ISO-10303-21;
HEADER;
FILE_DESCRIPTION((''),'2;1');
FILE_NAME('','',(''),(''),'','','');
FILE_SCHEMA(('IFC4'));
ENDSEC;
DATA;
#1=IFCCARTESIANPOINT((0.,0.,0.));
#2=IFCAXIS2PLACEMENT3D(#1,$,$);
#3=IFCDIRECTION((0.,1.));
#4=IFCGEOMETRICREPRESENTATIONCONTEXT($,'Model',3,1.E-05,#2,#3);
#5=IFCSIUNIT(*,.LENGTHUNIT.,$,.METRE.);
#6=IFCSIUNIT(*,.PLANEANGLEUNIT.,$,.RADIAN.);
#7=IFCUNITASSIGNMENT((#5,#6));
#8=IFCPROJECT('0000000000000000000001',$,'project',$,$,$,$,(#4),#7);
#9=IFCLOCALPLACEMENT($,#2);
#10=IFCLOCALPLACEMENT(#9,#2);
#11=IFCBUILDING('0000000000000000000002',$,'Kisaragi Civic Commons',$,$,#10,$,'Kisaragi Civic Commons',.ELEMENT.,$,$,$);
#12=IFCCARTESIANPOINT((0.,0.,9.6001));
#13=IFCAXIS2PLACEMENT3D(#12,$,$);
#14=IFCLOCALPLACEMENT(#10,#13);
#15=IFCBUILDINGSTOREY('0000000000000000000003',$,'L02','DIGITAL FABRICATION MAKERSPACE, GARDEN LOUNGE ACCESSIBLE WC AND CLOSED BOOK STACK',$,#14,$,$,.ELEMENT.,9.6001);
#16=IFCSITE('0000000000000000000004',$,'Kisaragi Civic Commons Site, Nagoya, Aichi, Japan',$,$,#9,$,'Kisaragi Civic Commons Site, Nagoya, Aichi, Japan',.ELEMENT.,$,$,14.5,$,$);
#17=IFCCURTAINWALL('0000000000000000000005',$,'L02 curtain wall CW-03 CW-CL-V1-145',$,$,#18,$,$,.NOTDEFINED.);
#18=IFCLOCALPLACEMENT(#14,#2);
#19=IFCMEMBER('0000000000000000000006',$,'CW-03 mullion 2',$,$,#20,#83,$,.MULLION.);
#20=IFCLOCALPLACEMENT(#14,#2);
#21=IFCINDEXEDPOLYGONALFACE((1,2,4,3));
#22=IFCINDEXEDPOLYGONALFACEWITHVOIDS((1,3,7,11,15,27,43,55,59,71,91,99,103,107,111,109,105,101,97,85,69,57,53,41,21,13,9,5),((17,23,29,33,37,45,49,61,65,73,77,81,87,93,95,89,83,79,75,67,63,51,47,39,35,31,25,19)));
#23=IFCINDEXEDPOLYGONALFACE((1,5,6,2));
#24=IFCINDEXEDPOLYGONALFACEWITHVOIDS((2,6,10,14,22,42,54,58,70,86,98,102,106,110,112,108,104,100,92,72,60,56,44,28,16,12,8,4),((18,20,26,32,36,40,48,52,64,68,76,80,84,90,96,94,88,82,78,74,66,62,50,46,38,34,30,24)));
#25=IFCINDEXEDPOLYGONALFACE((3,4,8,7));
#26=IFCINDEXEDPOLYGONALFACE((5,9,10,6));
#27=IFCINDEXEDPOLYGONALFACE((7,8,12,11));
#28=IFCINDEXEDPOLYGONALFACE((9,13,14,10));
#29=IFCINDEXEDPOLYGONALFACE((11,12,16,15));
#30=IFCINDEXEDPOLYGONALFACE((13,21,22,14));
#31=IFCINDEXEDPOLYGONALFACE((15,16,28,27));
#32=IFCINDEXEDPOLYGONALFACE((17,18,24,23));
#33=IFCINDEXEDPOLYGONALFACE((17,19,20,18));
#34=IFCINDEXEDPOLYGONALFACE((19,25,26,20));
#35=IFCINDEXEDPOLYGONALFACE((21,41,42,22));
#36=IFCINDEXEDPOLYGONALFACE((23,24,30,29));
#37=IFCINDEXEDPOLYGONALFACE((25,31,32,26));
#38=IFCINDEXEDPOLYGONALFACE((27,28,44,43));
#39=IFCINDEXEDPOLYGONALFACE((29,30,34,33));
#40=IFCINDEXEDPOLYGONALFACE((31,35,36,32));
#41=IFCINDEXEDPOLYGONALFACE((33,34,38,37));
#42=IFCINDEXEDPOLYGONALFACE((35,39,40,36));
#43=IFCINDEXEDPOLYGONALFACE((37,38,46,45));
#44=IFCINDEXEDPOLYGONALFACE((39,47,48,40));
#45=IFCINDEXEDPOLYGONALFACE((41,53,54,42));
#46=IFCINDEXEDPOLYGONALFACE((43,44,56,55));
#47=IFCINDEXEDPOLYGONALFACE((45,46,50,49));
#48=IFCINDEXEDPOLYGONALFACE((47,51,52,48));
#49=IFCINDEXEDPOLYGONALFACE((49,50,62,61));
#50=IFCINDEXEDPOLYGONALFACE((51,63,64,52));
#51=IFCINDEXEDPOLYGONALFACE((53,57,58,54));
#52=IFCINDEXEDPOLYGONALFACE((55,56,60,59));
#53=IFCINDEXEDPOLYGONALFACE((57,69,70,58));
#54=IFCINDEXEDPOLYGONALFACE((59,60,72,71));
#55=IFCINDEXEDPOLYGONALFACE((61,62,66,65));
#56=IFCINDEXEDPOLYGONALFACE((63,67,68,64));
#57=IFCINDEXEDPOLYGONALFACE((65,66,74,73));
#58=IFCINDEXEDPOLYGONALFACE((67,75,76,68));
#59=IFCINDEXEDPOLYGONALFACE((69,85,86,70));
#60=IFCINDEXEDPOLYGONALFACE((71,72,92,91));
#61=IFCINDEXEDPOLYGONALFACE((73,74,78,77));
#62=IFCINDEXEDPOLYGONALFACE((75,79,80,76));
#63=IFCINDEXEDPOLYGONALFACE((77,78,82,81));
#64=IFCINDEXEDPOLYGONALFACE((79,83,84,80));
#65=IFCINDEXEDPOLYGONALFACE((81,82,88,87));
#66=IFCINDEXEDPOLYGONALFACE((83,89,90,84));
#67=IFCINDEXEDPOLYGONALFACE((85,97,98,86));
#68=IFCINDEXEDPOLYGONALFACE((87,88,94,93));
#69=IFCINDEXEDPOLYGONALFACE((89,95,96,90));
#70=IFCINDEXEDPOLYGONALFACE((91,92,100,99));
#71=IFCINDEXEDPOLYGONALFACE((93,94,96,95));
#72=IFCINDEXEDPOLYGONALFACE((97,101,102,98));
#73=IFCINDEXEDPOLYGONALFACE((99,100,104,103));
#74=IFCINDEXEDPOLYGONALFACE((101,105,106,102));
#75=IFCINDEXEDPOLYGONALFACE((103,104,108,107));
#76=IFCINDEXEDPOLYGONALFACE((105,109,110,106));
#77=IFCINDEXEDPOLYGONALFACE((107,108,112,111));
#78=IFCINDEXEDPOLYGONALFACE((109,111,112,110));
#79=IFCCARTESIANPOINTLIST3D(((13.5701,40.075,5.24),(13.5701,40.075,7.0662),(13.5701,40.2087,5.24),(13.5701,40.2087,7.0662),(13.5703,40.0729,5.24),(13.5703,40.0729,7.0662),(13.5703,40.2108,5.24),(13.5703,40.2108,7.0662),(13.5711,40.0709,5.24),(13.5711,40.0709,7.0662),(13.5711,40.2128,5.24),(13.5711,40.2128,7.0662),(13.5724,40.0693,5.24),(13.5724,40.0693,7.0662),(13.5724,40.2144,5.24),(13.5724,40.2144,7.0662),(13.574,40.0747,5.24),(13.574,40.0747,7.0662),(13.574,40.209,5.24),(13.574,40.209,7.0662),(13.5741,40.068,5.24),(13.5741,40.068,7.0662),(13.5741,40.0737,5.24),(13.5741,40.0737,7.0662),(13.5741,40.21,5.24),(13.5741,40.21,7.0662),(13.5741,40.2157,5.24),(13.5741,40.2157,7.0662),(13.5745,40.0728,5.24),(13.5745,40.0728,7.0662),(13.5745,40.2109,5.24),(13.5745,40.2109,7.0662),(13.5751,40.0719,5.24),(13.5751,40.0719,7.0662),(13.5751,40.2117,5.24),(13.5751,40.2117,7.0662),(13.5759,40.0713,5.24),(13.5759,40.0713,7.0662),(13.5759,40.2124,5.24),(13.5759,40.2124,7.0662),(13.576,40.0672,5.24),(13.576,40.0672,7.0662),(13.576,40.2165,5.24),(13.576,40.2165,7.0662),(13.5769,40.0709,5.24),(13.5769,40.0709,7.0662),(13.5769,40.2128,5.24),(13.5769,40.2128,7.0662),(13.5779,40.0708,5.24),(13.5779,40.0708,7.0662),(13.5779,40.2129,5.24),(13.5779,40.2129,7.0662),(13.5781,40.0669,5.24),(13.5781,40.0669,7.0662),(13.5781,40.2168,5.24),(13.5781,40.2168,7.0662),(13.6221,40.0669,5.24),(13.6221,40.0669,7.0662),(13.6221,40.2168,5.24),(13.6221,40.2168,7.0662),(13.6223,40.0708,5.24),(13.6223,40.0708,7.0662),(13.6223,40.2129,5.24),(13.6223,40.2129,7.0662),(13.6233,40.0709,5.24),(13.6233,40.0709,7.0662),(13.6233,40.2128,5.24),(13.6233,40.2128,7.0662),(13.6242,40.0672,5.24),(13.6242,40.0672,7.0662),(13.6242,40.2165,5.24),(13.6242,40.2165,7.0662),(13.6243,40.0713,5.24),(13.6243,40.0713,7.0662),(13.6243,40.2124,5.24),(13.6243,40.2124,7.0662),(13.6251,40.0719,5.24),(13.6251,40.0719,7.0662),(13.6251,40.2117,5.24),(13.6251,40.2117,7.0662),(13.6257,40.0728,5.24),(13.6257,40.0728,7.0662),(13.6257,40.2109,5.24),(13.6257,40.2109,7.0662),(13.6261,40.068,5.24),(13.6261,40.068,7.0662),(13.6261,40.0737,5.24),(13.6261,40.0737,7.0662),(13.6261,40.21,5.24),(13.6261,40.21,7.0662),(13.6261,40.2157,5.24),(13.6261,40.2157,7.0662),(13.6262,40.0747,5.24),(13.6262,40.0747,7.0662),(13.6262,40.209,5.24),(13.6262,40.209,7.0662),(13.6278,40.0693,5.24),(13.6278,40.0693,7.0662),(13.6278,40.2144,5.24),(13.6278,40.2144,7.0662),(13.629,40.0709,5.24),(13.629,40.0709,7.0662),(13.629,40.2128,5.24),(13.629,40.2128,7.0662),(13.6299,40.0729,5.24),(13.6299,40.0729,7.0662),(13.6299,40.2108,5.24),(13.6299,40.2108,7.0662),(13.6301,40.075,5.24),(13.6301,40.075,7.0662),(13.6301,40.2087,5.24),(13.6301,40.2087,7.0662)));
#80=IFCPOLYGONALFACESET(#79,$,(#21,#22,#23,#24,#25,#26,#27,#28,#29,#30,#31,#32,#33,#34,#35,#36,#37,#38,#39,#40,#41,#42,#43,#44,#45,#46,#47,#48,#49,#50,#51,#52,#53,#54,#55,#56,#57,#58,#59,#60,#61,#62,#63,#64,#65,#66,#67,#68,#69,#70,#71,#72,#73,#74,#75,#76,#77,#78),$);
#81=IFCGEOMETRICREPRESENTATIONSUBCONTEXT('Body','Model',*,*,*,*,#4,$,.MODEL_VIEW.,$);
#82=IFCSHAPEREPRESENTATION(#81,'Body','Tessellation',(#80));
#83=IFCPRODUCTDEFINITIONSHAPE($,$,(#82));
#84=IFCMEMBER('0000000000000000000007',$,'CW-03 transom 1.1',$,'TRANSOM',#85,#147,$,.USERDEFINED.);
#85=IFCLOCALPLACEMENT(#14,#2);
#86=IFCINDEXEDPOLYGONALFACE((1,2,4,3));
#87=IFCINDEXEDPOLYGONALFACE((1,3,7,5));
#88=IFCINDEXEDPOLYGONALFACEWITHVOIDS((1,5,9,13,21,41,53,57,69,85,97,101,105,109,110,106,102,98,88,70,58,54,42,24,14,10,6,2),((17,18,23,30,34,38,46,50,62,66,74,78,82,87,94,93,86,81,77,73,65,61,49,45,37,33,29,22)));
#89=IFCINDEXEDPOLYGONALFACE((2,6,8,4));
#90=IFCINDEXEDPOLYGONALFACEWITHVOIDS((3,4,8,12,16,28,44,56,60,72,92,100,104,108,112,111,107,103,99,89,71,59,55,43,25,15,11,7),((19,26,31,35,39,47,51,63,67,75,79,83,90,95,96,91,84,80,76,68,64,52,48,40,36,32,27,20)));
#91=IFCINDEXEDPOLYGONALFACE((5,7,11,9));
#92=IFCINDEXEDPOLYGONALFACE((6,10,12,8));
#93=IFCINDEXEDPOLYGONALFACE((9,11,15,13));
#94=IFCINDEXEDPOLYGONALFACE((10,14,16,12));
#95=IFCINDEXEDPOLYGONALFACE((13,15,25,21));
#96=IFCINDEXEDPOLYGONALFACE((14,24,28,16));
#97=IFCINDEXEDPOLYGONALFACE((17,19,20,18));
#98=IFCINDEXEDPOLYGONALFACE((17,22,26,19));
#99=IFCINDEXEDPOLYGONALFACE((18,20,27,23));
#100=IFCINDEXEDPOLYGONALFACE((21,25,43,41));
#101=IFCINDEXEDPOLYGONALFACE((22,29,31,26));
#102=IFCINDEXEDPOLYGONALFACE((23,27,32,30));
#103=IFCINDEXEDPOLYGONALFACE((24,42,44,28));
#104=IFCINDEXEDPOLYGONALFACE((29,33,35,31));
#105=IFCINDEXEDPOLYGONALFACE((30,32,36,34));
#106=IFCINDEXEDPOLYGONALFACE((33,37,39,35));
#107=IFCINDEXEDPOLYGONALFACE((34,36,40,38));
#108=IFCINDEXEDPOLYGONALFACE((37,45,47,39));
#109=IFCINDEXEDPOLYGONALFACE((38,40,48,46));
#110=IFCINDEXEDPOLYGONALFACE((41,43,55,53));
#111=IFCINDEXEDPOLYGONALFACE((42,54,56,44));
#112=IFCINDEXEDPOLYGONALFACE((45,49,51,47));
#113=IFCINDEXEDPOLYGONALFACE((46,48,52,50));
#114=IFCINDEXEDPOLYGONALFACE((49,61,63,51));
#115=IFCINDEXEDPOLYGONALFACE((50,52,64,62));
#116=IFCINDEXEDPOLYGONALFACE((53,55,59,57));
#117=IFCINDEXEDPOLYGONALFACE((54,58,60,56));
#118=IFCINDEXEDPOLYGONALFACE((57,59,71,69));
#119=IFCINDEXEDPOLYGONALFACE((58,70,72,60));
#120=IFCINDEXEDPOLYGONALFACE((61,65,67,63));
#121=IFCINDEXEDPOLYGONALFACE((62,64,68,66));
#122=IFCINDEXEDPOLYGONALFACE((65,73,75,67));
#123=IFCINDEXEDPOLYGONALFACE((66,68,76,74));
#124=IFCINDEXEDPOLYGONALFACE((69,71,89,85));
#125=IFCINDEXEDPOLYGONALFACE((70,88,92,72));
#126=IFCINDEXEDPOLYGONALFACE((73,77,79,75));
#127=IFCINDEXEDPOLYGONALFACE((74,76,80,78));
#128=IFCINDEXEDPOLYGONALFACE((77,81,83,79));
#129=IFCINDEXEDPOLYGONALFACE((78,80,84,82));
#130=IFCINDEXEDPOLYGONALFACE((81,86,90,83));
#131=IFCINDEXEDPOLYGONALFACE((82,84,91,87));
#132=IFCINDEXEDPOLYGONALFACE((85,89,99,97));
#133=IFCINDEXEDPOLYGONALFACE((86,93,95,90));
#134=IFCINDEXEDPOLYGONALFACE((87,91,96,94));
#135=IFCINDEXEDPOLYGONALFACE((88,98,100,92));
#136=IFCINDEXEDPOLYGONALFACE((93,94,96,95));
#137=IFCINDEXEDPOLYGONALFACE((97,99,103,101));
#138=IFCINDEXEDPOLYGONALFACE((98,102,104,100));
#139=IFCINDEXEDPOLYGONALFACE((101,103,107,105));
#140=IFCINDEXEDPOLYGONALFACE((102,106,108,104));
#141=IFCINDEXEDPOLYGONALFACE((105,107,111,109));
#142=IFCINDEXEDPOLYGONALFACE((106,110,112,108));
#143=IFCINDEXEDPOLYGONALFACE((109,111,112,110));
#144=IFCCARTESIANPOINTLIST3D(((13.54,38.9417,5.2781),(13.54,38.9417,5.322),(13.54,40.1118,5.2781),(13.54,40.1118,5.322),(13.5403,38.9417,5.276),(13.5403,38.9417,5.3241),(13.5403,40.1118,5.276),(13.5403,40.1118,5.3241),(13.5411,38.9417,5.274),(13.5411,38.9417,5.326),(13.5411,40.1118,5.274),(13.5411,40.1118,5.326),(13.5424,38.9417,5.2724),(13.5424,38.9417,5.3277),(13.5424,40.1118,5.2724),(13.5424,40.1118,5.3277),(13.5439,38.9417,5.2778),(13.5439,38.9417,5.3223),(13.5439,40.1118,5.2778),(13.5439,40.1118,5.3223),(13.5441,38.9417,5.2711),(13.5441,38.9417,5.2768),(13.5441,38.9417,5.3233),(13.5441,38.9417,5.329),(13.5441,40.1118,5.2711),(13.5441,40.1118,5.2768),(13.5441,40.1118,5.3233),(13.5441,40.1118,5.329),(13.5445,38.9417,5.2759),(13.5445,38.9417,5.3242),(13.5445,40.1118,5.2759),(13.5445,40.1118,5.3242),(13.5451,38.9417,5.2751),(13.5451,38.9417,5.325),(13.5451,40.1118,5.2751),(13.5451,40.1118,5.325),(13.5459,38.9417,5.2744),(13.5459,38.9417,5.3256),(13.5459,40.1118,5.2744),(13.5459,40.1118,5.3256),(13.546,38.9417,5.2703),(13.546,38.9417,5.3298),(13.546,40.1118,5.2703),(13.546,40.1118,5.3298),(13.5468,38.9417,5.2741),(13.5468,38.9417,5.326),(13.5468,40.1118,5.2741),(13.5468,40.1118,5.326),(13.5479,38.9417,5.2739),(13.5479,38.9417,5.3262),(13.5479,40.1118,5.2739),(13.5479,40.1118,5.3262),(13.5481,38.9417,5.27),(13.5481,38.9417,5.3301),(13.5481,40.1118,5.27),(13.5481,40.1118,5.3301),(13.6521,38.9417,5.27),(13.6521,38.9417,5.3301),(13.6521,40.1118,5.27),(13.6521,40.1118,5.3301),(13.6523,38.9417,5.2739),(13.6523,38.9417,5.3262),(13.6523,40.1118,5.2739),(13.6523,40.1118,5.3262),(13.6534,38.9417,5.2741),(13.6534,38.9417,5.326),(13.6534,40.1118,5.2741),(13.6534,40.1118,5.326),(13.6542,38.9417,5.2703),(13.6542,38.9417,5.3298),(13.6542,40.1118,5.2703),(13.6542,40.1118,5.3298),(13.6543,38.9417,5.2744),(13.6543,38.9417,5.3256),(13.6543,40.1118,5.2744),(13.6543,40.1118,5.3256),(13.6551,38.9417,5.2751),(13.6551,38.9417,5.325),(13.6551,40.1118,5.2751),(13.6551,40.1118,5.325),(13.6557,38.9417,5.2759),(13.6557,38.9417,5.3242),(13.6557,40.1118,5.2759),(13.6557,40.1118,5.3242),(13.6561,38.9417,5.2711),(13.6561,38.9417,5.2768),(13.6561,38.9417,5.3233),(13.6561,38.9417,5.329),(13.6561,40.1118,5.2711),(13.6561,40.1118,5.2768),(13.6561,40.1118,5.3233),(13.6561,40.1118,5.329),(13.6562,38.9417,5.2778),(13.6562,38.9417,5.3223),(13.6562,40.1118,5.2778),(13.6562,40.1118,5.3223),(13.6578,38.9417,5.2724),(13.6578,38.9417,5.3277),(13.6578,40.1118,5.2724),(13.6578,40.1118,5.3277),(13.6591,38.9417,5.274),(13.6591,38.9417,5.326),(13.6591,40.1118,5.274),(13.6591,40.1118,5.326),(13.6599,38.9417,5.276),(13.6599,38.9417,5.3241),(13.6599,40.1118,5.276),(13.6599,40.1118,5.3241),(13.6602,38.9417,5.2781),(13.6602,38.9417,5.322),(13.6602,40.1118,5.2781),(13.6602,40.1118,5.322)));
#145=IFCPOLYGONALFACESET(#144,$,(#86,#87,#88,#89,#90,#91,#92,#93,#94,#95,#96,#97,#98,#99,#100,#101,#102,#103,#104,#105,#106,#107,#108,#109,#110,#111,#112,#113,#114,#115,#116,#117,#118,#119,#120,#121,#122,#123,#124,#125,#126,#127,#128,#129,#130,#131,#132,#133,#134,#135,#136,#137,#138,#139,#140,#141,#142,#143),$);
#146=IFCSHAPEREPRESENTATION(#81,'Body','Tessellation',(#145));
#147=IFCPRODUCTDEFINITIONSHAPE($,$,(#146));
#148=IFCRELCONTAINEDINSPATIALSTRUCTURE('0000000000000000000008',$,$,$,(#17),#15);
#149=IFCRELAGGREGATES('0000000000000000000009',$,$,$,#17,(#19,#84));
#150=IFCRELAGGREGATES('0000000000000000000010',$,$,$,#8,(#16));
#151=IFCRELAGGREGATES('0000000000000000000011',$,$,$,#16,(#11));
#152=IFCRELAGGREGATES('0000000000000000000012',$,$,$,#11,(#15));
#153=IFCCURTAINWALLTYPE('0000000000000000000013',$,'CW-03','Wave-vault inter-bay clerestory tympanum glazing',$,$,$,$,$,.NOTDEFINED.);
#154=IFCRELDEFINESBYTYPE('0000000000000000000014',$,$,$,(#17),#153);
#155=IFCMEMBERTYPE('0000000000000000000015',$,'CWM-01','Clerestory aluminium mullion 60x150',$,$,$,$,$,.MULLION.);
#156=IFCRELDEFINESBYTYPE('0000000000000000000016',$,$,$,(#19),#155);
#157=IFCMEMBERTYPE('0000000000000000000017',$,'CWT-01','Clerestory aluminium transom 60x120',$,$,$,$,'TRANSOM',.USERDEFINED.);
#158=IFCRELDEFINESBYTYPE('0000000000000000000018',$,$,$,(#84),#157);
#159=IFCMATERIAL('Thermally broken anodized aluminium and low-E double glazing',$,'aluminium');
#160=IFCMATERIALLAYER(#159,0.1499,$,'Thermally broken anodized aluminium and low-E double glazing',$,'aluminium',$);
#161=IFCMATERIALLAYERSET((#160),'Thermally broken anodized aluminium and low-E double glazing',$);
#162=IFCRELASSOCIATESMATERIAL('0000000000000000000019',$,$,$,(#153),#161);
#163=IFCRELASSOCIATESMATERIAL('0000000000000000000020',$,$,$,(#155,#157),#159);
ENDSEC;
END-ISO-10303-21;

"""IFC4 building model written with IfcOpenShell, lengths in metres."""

from ifc_helpers import new_model, si_unit, direction, frame, origin, origin_2d, place, context, subcontext, project, spatial, hollow_rectangle, extrude, material, layer, layer_set, material_profile, profile_set, type_object, element, aggregate, save


model = new_model("IFC4")

# Units and contexts
model_context = context("Model", 3, precision=1e-05, world=origin(), true_north=direction((0.0, 1.0)))
body_context = subcontext(model_context, "Body", "Model", "MODEL_VIEW")
ifc_project = project(units=[si_unit("LENGTHUNIT", "METRE"), si_unit("PLANEANGLEUNIT", "RADIAN")], contexts=[model_context])

# Site, building, storey
site_placement = place(None, origin())
site = spatial("IfcSite", under=ifc_project, at=site_placement, Name="Kisaragi Civic Commons Site, Nagoya, Aichi, Japan", LongName="Kisaragi Civic Commons Site, Nagoya, Aichi, Japan", CompositionType="ELEMENT", RefElevation=14.5)
building_placement = place(site_placement, origin())
building = spatial("IfcBuilding", under=site, at=building_placement, Name="Kisaragi Civic Commons", LongName="Kisaragi Civic Commons", CompositionType="ELEMENT")
storey_placement = place(building_placement, frame((0.0, 0.0, 9.6001)))
storey = spatial("IfcBuildingStorey", under=building, at=storey_placement, Name="L02", Description="DIGITAL FABRICATION MAKERSPACE, GARDEN LOUNGE ACCESSIBLE WC AND CLOSED BOOK STACK", CompositionType="ELEMENT", Elevation=9.6001)

# Curtain wall, members
ifc_material_1 = material(Name="Thermally broken anodized aluminium and low-E double glazing", Category="aluminium")
ifc_layer_1 = layer(ifc_material_1, 0.1499, Name="Thermally broken anodized aluminium and low-E double glazing", Category="aluminium")
ifc_layer_set_1 = layer_set([ifc_layer_1], Name="Thermally broken anodized aluminium and low-E double glazing")
curtain_wall_type = type_object("IfcCurtainWallType", Name="CW-03", Description="Wave-vault inter-bay clerestory tympanum glazing", PredefinedType="NOTDEFINED", material=ifc_layer_set_1)
curtain_wall_placement = place(storey_placement, origin())
curtain_wall = element("IfcCurtainWall", 1, at=curtain_wall_placement, inside=storey, type_object=curtain_wall_type, Name="L02 curtain wall CW-03 CW-CL-V1-145", PredefinedType="NOTDEFINED")
ifc_material_profile_1 = material_profile(ifc_material_1, hollow_rectangle(XDim=0.0601, YDim=0.1499, WallThickness=0.0039, InnerFilletRadius=0.0039, OuterFilletRadius=0.0081, at=origin_2d()), Name="CWM-60x150x4", Category="aluminium")
ifc_profile_set_1 = profile_set([ifc_material_profile_1], Name="Thermally broken anodized aluminium and low-E double glazing")
member_type_1 = type_object("IfcMemberType", Name="CWM-01", Description="Clerestory aluminium mullion 60x150", PredefinedType="MULLION", material=ifc_profile_set_1)
member_1_placement = place(storey_placement, frame((13.6001, 40.1418, 5.24), z_axis=(0.0, 0.0, 1.0), x_axis=(-1.0, 0.0, 0.0)))
member_1 = element("IfcMember", 2, at=member_1_placement, type_object=member_type_1, Name="CW-03 mullion 2", PredefinedType="MULLION", context=body_context, shape_type="SweptSolid", body=[
    extrude(hollow_rectangle(XDim=0.0601, YDim=0.1499, WallThickness=0.0039, InnerFilletRadius=0.0039, OuterFilletRadius=0.0081, at=origin_2d()), origin(), (0.0, 0.0, 1.0), 1.8262),
])
ifc_material_profile_2 = material_profile(ifc_material_1, hollow_rectangle(XDim=0.1201, YDim=0.0601, WallThickness=0.0039, InnerFilletRadius=0.0039, OuterFilletRadius=0.0081, at=origin_2d()), Name="CWT-60x120x4", Category="aluminium")
ifc_profile_set_2 = profile_set([ifc_material_profile_2], Name="Thermally broken anodized aluminium and low-E double glazing")
member_type_2 = type_object("IfcMemberType", Name="CWT-01", Description="Clerestory aluminium transom 60x120", ElementType="TRANSOM", PredefinedType="USERDEFINED", material=ifc_profile_set_2)
member_2_placement = place(storey_placement, frame((13.6001, 38.9417, 5.3), z_axis=(0.0, 1.0, 0.0), x_axis=(-1.0, 0.0, 0.0)))
member_2 = element("IfcMember", 3, at=member_2_placement, type_object=member_type_2, Name="CW-03 transom 1.1", ObjectType="TRANSOM", PredefinedType="USERDEFINED", context=body_context, shape_type="SweptSolid", body=[
    extrude(hollow_rectangle(XDim=0.1201, YDim=0.0601, WallThickness=0.0039, InnerFilletRadius=0.0039, OuterFilletRadius=0.0081, at=origin_2d()), origin(), (0.0, 0.0, 1.0), 1.1702),
])

aggregate(curtain_wall, [member_1, member_2])

save(model, "model.ifc")
